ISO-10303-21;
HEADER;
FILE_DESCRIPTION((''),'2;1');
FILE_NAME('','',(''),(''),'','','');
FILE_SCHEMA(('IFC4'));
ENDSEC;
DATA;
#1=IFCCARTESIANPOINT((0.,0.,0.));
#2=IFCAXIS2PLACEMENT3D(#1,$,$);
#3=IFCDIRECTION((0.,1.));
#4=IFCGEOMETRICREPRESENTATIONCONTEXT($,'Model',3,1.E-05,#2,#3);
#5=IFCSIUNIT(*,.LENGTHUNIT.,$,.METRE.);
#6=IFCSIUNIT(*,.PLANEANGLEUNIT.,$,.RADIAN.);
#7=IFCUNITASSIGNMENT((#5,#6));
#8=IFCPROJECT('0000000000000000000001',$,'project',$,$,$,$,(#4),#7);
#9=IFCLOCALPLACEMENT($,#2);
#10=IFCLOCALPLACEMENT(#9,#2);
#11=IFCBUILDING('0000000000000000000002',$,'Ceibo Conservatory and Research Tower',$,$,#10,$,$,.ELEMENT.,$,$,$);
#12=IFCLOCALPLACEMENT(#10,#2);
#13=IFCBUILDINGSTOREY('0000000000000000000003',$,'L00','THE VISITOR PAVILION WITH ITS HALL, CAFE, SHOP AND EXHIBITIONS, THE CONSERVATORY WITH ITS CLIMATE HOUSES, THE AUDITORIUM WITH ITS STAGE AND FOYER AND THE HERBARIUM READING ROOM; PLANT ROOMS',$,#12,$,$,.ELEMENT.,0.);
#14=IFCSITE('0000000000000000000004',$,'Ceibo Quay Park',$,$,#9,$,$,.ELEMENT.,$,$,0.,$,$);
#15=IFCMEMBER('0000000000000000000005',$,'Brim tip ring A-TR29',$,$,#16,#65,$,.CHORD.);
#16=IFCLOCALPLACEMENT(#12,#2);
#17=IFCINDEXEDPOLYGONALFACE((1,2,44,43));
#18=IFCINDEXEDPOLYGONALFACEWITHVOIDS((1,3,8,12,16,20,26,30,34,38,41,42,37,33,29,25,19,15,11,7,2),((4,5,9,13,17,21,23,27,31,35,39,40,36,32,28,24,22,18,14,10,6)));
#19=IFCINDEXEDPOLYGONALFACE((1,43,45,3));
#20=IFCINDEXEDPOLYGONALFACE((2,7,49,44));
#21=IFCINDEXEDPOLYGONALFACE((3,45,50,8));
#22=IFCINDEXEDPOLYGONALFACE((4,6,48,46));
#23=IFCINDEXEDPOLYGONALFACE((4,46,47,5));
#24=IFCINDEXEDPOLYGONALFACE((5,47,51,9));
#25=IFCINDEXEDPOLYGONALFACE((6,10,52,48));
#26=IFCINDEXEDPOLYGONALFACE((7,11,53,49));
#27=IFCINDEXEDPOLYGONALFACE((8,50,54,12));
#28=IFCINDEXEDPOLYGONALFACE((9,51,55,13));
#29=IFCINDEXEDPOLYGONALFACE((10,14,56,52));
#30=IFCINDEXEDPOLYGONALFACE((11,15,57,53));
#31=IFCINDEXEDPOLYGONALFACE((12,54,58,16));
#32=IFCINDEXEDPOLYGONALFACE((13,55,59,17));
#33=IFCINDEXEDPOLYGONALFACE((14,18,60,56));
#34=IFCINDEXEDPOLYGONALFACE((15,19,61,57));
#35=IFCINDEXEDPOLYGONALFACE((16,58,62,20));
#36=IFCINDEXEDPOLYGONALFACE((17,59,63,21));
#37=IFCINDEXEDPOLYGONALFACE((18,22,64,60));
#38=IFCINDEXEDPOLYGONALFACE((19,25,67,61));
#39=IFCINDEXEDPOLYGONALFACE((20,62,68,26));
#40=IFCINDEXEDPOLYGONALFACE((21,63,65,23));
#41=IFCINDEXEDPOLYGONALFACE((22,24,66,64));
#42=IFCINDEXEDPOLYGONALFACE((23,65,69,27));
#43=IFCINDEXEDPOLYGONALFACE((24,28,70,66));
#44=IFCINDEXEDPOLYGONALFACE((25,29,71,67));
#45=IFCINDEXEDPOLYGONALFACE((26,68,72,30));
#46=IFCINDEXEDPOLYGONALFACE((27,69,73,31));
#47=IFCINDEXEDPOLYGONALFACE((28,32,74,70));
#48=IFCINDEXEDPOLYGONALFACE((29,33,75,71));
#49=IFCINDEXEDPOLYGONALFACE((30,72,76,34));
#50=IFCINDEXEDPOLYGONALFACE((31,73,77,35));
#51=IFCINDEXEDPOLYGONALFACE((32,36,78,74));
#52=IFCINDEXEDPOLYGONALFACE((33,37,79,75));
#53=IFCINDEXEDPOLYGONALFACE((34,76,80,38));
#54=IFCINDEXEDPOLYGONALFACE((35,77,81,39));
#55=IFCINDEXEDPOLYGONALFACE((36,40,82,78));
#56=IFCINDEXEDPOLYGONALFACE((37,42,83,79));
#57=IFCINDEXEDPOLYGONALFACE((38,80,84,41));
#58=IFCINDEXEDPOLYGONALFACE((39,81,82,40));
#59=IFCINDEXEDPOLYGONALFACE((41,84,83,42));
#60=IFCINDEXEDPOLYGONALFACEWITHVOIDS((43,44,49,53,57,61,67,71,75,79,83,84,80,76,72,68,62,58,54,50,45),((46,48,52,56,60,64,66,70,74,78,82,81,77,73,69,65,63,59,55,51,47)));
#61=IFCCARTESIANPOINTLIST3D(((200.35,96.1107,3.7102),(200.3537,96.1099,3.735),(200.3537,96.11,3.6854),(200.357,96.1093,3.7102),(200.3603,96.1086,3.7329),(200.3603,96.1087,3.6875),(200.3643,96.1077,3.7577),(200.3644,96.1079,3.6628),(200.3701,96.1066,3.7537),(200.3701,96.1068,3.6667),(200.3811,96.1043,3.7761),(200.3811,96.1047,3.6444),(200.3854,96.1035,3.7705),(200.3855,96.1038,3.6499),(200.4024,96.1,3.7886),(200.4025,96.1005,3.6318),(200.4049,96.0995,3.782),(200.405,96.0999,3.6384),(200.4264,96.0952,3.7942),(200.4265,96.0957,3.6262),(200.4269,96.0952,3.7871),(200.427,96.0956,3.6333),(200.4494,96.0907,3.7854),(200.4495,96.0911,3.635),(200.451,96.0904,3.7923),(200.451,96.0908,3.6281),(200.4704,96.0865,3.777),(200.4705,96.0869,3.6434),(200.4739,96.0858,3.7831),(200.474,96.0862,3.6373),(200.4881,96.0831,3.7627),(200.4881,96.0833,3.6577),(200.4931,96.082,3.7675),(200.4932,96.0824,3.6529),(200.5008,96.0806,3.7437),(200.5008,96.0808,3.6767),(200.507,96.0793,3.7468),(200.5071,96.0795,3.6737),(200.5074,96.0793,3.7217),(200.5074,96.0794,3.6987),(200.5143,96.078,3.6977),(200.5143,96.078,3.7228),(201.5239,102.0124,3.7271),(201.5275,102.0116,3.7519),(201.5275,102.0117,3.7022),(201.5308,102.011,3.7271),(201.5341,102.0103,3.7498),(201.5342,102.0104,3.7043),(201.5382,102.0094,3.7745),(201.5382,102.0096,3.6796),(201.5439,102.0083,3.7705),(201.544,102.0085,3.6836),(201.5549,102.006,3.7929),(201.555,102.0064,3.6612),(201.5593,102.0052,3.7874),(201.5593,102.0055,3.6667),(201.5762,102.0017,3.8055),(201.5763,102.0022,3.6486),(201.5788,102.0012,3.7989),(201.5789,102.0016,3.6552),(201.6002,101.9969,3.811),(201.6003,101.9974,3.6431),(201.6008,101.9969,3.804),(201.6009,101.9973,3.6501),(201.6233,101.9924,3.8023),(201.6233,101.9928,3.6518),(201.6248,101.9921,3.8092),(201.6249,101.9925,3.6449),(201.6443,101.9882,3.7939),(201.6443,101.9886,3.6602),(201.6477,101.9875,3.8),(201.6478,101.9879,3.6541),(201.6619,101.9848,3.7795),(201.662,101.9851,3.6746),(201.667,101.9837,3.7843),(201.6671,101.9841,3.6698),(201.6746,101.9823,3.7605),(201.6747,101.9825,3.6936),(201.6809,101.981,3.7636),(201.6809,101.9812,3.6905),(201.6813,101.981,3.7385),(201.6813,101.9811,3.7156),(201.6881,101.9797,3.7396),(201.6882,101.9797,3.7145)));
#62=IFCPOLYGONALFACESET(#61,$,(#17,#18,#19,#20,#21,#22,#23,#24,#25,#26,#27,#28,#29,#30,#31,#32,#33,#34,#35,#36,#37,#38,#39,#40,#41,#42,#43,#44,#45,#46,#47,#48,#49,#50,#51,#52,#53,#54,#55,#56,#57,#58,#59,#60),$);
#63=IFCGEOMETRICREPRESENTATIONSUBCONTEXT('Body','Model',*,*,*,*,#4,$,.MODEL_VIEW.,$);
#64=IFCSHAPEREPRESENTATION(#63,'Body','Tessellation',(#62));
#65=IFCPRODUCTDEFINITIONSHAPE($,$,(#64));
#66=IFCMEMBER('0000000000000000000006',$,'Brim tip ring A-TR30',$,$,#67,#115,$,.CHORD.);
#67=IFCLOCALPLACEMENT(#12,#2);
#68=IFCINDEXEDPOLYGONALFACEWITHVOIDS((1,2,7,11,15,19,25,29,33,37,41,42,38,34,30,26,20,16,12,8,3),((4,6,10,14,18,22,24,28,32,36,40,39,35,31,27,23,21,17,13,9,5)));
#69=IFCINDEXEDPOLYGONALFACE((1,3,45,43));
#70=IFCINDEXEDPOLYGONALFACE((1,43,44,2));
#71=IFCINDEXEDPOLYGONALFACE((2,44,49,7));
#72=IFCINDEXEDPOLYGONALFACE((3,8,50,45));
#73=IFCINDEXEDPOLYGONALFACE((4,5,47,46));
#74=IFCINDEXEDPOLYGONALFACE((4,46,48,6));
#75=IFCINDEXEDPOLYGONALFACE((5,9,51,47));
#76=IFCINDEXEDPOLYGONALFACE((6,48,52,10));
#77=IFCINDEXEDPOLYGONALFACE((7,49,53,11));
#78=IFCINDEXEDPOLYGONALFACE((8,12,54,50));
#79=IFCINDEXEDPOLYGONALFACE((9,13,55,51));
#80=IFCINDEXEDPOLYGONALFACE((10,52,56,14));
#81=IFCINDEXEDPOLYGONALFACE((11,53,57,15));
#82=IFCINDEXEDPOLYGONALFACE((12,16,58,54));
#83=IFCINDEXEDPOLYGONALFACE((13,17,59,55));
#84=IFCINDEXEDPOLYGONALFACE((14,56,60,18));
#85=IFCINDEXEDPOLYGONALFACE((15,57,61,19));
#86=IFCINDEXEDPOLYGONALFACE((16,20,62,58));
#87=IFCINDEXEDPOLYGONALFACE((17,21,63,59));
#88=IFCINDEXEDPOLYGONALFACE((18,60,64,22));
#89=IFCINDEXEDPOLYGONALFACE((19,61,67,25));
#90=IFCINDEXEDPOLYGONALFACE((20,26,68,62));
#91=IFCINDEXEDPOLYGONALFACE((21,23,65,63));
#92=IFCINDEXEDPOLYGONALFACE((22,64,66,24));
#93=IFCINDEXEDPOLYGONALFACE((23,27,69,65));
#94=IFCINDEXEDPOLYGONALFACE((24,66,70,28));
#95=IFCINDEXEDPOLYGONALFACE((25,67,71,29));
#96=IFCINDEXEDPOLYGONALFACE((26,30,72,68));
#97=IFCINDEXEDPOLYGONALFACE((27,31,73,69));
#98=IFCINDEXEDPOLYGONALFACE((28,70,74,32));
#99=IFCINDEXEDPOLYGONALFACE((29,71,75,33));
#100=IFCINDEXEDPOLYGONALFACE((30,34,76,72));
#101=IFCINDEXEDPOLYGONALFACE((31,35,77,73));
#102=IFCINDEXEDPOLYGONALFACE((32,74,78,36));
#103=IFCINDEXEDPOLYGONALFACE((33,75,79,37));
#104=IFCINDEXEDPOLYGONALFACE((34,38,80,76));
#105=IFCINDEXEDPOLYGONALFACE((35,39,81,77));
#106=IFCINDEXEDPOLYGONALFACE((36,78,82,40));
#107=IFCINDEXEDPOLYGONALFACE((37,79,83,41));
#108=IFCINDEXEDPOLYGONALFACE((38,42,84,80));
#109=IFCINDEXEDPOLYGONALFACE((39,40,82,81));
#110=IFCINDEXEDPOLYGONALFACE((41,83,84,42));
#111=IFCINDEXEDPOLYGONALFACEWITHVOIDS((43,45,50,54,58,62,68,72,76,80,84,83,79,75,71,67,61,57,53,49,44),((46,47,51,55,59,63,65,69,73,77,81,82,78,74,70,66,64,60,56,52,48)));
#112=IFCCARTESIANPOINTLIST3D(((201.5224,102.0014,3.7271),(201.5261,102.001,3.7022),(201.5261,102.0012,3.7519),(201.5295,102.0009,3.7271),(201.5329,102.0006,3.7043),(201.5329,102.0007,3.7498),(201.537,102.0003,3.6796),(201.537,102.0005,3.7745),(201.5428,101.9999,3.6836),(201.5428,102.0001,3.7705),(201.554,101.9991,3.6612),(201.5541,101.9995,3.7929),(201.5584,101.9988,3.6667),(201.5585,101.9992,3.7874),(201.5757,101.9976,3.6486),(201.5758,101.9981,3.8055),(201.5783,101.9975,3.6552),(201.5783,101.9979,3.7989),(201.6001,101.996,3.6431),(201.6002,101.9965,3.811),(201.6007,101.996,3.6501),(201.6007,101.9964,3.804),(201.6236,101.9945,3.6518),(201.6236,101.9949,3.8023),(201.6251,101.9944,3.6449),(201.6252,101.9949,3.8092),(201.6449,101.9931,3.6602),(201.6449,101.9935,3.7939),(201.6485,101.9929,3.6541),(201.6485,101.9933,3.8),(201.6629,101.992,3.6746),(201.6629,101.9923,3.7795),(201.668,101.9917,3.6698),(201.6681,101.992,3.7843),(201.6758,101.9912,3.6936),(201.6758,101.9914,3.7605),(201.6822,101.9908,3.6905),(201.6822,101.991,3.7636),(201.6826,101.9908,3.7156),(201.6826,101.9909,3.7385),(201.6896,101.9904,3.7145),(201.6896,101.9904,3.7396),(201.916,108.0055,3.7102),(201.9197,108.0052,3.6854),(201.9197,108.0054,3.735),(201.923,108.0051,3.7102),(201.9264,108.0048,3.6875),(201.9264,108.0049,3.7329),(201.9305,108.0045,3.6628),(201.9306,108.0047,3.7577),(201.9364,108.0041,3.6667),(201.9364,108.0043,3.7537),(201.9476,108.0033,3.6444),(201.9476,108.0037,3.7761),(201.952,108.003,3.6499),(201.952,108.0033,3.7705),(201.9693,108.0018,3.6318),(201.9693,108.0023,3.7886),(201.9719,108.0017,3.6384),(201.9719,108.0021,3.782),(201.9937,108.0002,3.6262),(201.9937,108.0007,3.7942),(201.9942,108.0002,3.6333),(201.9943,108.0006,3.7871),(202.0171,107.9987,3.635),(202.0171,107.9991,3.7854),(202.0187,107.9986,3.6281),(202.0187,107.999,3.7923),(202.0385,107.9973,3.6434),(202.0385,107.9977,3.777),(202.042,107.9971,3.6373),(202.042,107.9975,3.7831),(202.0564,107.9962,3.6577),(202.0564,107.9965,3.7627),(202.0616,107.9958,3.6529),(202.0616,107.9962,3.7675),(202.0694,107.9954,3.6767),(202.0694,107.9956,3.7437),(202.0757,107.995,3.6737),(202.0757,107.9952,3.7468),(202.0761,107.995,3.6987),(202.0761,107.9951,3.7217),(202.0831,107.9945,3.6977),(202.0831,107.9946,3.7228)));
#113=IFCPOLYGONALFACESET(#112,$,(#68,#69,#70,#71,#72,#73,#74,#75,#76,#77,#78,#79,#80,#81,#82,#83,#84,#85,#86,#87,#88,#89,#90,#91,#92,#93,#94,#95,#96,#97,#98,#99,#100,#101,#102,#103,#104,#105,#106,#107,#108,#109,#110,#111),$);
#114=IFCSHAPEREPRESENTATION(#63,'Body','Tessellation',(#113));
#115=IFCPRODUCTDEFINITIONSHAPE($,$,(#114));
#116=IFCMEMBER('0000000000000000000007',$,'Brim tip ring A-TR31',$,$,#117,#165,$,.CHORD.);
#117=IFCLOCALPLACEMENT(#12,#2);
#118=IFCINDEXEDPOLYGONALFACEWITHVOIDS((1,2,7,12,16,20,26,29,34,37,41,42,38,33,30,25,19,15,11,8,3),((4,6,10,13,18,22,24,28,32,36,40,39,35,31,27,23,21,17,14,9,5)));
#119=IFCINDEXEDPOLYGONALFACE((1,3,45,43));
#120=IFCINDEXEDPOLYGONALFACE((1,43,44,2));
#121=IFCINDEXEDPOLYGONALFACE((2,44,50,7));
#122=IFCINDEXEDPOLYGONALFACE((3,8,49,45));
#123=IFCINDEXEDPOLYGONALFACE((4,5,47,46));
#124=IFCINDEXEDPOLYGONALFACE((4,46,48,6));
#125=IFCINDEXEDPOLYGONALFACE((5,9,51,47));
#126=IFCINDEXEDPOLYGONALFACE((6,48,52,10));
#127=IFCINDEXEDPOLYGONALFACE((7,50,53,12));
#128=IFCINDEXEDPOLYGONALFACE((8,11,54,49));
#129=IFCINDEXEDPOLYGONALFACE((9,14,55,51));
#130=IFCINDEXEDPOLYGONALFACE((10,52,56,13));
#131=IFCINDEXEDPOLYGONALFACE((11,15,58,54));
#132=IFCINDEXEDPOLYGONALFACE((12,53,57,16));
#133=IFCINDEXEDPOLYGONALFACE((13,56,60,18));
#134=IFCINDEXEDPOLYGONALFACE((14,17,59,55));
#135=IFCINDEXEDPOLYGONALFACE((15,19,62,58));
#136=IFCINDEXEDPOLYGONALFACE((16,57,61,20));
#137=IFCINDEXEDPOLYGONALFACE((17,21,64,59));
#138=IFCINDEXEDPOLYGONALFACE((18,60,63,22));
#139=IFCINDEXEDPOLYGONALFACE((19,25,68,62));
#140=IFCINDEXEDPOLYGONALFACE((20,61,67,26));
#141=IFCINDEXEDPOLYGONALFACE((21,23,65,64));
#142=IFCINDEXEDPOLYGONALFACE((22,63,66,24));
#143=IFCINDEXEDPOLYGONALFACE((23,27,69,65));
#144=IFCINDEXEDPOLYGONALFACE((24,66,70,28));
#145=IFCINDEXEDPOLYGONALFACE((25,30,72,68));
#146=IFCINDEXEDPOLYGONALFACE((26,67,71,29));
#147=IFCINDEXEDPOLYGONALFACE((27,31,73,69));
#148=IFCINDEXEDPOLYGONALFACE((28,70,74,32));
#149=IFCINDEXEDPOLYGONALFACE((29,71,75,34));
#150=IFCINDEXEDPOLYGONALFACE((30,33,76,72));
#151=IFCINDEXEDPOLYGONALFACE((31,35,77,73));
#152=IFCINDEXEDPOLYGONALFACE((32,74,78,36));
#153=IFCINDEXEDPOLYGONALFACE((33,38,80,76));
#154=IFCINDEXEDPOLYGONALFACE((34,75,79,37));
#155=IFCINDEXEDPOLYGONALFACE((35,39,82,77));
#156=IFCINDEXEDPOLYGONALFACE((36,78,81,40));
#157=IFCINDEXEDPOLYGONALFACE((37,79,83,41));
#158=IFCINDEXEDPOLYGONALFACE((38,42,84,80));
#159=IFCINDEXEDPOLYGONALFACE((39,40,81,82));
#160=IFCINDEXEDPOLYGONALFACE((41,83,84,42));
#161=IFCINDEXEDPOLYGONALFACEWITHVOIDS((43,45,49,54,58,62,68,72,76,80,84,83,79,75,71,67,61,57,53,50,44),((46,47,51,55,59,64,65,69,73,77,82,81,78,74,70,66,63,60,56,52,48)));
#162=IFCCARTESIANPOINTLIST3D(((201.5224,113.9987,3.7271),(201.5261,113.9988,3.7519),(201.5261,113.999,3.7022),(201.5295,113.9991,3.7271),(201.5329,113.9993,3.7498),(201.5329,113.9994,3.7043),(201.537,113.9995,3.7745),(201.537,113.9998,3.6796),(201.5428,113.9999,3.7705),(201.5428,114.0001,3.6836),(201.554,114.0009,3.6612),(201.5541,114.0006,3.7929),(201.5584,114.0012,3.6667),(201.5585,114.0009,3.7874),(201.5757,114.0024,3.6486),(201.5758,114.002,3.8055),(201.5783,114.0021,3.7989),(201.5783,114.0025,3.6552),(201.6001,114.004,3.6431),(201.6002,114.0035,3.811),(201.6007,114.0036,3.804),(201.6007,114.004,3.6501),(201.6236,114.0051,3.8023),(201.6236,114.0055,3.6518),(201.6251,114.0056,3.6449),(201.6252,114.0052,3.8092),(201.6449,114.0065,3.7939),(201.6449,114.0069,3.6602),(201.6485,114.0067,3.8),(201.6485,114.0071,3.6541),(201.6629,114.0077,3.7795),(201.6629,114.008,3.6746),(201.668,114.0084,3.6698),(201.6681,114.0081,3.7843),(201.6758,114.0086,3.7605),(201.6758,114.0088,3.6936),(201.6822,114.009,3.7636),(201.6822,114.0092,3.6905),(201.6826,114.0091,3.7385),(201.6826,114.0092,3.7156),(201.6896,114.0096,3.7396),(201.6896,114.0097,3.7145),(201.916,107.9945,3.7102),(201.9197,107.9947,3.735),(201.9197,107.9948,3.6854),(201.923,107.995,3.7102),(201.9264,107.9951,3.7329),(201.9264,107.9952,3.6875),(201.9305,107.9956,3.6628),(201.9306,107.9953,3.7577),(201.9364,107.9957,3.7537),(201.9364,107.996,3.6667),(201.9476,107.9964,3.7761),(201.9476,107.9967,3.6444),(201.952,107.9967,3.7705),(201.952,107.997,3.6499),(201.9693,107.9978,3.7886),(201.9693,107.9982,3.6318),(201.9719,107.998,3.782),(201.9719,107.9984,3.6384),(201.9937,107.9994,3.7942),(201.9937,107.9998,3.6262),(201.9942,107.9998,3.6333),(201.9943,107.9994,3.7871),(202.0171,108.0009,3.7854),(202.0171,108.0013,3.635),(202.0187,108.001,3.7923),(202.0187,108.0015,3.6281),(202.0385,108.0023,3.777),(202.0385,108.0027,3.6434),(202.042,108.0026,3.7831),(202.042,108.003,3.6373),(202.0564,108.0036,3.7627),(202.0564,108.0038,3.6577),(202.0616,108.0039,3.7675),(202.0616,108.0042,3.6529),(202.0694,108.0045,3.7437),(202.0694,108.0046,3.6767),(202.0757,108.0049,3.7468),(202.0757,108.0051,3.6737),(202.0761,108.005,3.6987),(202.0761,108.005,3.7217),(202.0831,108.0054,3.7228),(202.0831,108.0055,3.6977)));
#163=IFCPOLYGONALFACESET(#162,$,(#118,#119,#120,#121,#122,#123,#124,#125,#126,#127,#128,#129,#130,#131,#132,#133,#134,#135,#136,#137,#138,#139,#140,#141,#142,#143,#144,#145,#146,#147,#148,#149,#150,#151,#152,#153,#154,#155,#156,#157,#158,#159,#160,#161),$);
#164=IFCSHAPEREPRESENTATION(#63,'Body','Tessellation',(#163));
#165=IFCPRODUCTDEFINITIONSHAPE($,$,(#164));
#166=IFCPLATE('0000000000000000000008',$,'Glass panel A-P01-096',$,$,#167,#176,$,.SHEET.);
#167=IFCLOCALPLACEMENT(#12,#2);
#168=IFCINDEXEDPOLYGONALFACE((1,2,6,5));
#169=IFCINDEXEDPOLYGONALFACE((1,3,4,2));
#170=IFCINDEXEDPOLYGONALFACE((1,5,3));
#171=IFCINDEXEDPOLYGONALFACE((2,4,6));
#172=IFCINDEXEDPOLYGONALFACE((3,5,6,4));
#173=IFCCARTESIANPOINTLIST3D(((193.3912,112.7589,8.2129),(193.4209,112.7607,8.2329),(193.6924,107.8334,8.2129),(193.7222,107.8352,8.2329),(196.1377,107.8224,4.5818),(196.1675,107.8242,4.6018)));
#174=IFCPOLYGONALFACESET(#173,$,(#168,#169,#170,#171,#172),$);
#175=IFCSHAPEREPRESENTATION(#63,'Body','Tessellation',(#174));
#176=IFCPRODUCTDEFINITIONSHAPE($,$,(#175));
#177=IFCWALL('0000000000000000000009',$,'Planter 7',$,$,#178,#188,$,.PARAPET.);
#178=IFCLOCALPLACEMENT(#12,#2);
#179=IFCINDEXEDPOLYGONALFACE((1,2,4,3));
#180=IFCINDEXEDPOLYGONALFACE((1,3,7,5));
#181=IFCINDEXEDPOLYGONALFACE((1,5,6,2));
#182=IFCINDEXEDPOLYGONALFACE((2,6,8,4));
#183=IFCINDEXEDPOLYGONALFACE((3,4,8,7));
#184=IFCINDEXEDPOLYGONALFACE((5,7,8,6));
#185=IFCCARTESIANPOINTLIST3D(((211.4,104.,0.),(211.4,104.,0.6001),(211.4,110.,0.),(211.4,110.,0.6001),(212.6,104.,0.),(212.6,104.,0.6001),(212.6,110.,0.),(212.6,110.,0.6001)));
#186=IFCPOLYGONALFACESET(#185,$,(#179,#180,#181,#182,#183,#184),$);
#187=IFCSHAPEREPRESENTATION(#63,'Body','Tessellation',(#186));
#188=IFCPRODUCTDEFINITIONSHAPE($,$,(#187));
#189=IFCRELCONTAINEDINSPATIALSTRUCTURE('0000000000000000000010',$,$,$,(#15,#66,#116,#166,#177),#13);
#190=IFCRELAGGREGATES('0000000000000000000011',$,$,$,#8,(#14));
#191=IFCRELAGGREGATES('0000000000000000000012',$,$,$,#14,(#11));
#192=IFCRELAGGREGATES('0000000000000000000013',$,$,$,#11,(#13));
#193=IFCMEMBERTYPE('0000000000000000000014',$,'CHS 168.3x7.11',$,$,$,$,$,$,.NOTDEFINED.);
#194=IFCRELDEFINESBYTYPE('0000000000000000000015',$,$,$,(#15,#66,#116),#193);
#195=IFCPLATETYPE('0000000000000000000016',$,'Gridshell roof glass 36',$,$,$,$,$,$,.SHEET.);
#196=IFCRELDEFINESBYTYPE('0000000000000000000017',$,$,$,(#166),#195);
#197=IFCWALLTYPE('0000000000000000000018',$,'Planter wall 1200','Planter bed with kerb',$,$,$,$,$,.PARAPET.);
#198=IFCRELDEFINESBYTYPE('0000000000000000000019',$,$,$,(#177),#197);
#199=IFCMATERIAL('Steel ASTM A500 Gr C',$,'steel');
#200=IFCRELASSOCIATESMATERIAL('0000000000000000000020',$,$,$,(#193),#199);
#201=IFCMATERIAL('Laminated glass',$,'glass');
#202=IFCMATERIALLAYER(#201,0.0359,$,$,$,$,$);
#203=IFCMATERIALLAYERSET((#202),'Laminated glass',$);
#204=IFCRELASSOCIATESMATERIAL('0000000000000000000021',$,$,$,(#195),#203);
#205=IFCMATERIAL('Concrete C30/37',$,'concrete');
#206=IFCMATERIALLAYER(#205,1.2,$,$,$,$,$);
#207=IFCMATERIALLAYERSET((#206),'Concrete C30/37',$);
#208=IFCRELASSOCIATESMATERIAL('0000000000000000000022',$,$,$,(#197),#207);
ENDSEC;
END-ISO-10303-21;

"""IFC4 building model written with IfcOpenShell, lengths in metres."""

from ifc_helpers import new_model, si_unit, direction, frame, frame_2d, origin, origin_2d, place, context, subcontext, project, spatial, polyline, rectangle, hollow_circle, outline, extrude, material, layer, layer_set, material_profile, profile_set, type_object, element, save


model = new_model("IFC4")

# Units and contexts
model_context = context("Model", 3, precision=1e-05, world=origin(), true_north=direction((0.0, 1.0)))
body_context = subcontext(model_context, "Body", "Model", "MODEL_VIEW")
ifc_project = project(units=[si_unit("LENGTHUNIT", "METRE"), si_unit("PLANEANGLEUNIT", "RADIAN")], contexts=[model_context])

# Site, building, storey
site_placement = place(None, origin())
site = spatial("IfcSite", under=ifc_project, at=site_placement, Name="Ceibo Quay Park", CompositionType="ELEMENT", RefElevation=0.0)
building_placement = place(site_placement, origin())
building = spatial("IfcBuilding", under=site, at=building_placement, Name="Ceibo Conservatory and Research Tower", CompositionType="ELEMENT")
storey_placement = place(building_placement, origin())
storey = spatial("IfcBuildingStorey", under=building, at=storey_placement, Name="L00", Description="THE VISITOR PAVILION WITH ITS HALL, CAFE, SHOP AND EXHIBITIONS, THE CONSERVATORY WITH ITS CLIMATE HOUSES, THE AUDITORIUM WITH ITS STAGE AND FOYER AND THE HERBARIUM READING ROOM; PLANT ROOMS", CompositionType="ELEMENT", Elevation=0.0)

# Shared definitions
ifc_material_1 = material(Name="Steel ASTM A500 Gr C", Category="steel")

# Members
ifc_material_profile_1 = material_profile(ifc_material_1, hollow_circle(Radius=0.0842, WallThickness=0.0071, at=origin_2d()), Name="CHS 168.3x7.11")
ifc_profile_set_1 = profile_set([ifc_material_profile_1], Name="Steel ASTM A500 Gr C")
member_type = type_object("IfcMemberType", Name="CHS 168.3x7.11", PredefinedType="NOTDEFINED", material=ifc_profile_set_1)
member_placement = place(storey_placement, frame((200.4326, 96.0942, 3.7102), z_axis=(0.195078, 0.980784, 0.0028), x_axis=(-0.980788, 0.195078, 0.0)))
element("IfcMember", 1, at=member_placement, inside=storey, type_object=member_type, Name="Brim tip ring A-TR29", PredefinedType="CHORD", context=body_context, shape_type="SweptSolid", body=[
    extrude(hollow_circle(Radius=0.0842, WallThickness=0.0071, at=origin_2d()), origin(), (0.0, 0.0, 1.0), 6.0173),
])
for number, where, z_axis, x_axis, name in (
    (2, (201.6064, 101.9958, 3.7271), (0.065406, 0.997855, -0.0028), (-0.997859, 0.065407, 0.0), "Brim tip ring A-TR30"),
    (3, (202.0, 108.0, 3.7102), (-0.065406, 0.997855, 0.0028), (-0.997859, -0.065407, 0.0), "Brim tip ring A-TR31"),
):
    element("IfcMember", number, at=place(storey_placement, frame(where, z_axis=z_axis, x_axis=x_axis)), inside=storey, type_object=member_type, Name=name, PredefinedType="CHORD", context=body_context, shape_type="SweptSolid", body=[
        extrude(hollow_circle(Radius=0.0842, WallThickness=0.0071, at=origin_2d()), origin(), (0.0, 0.0, 1.0), 6.0171),
    ])

# Plate
ifc_material_2 = material(Name="Laminated glass", Category="glass")
ifc_layer_1 = layer(ifc_material_2, 0.0359)
ifc_layer_set_1 = layer_set([ifc_layer_1], Name="Laminated glass")
plate_type = type_object("IfcPlateType", Name="Gridshell roof glass 36", PredefinedType="SHEET", material=ifc_layer_set_1)
plate_placement = place(storey_placement, frame((196.1675, 107.8242, 4.6018), z_axis=(0.828456, 0.050672, 0.557758), x_axis=(-0.408992, 0.735094, 0.540705)))
element("IfcPlate", 4, at=plate_placement, inside=storey, type_object=plate_type, Name="Glass panel A-P01-096", PredefinedType="SHEET", context=body_context, shape_type="SweptSolid", body=[
    extrude(outline(polyline([(0.0, 0.0), (6.7155, 0.0), (2.9715, 3.2147), (0.0, 0.0)])), origin(), (0.0, 0.0, -1.0), 0.0359),
])

# Wall
ifc_material_3 = material(Name="Concrete C30/37", Category="concrete")
ifc_layer_2 = layer(ifc_material_3, 1.2)
ifc_layer_set_2 = layer_set([ifc_layer_2], Name="Concrete C30/37")
wall_type = type_object("IfcWallType", Name="Planter wall 1200", Description="Planter bed with kerb", PredefinedType="PARAPET", material=ifc_layer_set_2)
wall_placement = place(storey_placement, frame((212.0, 104.0, 0.0), z_axis=(0.0, 0.0, 1.0), x_axis=(0.0, 1.0, 0.0)))
element("IfcWall", 5, at=wall_placement, inside=storey, type_object=wall_type, Name="Planter 7", PredefinedType="PARAPET", context=body_context, shape_type="SweptSolid", body=[
    extrude(rectangle(XDim=6.0, YDim=1.2, at=frame_2d((3.0, 0.0))), origin(), (0.0, 0.0, 1.0), 0.6001),
])

save(model, "model.ifc")
